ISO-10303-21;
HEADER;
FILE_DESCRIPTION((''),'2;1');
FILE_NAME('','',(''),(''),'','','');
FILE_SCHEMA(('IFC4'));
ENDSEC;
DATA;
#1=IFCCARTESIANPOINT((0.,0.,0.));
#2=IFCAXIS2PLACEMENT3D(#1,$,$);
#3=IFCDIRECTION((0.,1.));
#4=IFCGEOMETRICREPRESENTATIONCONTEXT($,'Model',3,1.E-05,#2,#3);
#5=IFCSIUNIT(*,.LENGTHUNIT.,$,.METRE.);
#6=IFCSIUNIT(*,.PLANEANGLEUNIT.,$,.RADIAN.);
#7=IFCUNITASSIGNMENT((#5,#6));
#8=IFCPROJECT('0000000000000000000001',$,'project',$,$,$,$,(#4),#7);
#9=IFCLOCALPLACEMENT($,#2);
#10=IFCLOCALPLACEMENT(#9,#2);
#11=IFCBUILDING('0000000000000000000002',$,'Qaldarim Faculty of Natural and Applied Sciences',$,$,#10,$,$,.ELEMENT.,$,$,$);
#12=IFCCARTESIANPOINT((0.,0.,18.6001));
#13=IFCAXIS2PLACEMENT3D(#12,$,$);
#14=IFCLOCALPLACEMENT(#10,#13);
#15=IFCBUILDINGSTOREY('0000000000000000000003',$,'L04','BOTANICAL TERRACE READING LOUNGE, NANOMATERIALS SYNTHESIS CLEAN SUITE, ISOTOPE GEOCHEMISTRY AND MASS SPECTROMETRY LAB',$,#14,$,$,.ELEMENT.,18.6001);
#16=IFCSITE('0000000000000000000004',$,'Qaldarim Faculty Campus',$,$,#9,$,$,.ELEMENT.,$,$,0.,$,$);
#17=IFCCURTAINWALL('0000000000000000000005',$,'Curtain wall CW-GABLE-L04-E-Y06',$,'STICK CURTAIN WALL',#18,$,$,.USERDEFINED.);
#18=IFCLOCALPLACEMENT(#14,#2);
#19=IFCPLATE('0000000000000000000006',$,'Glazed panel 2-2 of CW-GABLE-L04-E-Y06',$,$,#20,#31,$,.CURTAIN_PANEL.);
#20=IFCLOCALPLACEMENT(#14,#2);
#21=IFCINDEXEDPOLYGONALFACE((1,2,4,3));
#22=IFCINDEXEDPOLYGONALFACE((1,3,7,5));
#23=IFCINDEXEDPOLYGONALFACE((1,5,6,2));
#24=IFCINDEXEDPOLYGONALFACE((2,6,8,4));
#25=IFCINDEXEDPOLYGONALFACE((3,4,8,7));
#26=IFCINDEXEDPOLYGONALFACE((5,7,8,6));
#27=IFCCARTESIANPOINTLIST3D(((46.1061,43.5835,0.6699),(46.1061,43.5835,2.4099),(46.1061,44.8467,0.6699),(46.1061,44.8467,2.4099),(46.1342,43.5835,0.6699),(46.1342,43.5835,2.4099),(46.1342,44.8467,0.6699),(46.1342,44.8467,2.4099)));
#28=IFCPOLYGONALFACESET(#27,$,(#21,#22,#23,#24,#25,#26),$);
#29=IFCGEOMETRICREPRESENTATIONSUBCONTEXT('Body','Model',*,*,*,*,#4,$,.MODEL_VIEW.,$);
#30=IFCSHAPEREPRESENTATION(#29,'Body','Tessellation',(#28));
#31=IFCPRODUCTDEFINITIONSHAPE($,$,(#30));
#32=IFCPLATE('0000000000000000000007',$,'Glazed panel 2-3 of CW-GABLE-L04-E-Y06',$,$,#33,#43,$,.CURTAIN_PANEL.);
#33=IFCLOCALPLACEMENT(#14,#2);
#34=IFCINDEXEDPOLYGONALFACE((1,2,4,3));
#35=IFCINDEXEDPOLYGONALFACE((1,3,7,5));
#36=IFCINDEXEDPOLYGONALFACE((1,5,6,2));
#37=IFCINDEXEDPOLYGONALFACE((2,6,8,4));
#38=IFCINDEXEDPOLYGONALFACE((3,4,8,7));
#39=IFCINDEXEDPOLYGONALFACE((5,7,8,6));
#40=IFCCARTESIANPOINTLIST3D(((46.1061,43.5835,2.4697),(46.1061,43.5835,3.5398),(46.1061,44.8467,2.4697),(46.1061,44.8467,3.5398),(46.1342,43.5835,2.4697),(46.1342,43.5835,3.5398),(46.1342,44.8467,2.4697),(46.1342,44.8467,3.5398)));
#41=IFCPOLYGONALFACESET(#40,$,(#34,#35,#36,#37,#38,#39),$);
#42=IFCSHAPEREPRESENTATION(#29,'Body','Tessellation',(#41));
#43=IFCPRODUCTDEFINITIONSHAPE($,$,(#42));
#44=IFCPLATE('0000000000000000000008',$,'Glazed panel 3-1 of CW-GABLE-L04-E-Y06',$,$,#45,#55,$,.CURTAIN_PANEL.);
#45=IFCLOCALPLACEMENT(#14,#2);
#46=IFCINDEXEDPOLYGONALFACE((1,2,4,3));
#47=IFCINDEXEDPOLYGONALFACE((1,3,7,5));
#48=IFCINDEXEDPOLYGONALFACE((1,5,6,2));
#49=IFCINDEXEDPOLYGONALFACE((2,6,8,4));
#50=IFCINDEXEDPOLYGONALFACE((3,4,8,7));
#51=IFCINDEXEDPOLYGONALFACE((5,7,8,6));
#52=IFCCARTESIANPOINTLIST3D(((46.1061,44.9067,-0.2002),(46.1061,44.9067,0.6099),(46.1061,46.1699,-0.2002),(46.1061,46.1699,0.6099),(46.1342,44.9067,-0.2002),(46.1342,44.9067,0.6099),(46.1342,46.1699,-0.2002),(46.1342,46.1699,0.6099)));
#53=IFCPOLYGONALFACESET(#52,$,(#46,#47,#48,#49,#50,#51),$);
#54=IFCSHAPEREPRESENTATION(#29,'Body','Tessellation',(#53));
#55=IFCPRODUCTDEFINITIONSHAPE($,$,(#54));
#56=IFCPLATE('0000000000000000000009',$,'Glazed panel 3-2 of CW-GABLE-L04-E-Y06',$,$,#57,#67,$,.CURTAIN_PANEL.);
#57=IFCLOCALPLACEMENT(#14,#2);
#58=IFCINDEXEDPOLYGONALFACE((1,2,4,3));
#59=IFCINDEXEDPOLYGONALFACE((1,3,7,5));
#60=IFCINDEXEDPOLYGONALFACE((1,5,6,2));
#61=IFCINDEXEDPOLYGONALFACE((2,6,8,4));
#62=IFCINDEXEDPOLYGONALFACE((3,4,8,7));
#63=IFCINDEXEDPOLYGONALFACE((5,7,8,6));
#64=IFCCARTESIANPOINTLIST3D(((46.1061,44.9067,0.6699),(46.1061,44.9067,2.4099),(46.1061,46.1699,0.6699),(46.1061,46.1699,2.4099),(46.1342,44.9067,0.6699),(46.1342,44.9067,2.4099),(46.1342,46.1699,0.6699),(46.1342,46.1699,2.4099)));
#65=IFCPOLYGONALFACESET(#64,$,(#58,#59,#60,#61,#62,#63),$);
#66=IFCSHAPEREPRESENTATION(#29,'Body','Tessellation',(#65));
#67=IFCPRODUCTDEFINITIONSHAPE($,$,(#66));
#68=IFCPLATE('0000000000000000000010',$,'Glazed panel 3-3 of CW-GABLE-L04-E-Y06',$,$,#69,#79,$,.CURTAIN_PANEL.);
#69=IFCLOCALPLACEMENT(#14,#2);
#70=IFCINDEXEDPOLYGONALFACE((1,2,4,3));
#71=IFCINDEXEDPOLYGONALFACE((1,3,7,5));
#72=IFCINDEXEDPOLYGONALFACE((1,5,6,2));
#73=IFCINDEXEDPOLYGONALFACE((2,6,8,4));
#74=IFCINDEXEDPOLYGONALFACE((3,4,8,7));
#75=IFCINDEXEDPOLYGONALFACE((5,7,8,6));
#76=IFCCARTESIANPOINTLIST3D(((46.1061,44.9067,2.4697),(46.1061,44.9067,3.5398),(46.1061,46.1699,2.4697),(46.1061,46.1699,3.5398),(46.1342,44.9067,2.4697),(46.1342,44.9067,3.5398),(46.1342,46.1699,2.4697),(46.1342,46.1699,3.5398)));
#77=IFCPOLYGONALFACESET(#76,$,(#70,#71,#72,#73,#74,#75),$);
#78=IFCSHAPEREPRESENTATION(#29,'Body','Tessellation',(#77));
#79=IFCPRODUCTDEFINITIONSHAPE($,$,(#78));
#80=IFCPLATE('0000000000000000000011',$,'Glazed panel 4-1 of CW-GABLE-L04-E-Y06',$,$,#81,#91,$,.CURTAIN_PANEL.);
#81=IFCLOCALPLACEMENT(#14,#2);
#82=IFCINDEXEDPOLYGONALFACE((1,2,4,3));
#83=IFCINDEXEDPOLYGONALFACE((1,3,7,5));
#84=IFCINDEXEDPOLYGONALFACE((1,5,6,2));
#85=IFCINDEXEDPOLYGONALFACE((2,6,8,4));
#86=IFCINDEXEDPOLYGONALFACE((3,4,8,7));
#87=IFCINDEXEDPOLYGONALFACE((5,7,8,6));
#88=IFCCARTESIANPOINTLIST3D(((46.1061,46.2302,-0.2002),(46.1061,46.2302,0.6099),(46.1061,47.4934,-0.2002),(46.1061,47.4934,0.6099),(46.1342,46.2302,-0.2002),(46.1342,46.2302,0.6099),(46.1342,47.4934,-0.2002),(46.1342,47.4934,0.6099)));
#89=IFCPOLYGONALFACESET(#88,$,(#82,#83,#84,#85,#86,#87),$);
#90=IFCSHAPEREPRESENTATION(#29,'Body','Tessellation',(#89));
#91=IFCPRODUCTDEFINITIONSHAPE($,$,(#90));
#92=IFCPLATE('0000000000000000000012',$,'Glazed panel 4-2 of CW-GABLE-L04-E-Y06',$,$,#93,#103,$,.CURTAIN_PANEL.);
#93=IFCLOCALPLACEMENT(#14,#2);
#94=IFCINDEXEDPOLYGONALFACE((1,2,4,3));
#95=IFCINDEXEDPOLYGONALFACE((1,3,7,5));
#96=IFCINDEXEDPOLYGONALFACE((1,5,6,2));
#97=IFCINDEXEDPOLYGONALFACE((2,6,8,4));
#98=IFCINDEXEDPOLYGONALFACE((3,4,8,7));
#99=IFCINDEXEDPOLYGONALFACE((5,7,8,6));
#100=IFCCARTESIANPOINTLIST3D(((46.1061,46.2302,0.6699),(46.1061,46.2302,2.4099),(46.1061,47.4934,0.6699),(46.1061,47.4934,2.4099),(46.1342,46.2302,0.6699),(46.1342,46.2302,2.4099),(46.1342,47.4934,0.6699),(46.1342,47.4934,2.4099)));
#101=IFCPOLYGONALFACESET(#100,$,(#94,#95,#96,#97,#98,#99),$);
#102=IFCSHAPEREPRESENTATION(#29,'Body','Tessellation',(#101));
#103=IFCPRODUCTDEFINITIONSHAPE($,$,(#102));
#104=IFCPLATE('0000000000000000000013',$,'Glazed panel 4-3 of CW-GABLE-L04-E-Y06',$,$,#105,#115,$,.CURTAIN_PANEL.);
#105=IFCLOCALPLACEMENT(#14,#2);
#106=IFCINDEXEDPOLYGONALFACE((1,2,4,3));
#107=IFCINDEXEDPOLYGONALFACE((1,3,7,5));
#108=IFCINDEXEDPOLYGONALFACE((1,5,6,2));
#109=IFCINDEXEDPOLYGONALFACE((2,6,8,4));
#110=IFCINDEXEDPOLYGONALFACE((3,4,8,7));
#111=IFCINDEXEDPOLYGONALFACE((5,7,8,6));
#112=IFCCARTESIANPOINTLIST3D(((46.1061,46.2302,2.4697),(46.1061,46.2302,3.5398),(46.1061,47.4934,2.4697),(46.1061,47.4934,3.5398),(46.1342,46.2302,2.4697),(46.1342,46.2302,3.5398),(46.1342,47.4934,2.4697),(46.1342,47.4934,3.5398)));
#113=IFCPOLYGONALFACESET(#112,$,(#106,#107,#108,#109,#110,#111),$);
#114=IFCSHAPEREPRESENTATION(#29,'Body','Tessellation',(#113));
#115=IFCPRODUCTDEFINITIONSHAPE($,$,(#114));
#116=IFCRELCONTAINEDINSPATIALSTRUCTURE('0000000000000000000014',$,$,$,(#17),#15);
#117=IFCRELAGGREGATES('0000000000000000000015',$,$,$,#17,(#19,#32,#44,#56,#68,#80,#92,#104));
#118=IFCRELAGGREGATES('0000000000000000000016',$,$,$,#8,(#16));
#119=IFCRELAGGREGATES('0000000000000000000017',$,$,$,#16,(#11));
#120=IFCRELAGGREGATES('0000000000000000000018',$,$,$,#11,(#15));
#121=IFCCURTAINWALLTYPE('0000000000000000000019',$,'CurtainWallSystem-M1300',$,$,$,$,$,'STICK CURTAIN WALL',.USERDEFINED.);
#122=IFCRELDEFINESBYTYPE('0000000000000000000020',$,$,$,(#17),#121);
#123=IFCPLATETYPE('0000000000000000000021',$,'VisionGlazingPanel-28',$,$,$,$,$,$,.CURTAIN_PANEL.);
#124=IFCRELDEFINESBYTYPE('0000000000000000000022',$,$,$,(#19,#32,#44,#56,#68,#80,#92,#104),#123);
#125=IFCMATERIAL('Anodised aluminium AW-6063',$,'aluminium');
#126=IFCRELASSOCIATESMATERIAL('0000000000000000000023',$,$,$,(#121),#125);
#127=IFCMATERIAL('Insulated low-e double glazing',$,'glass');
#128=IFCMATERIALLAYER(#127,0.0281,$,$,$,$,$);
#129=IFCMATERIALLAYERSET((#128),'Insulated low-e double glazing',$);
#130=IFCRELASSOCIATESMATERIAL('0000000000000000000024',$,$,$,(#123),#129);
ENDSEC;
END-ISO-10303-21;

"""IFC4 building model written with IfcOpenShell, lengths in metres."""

from ifc_helpers import new_model, si_unit, direction, frame, origin, origin_2d, place, context, subcontext, project, spatial, rectangle, extrude, material, layer, layer_set, type_object, element, aggregate, save


model = new_model("IFC4")

# Units and contexts
model_context = context("Model", 3, precision=1e-05, world=origin(), true_north=direction((0.0, 1.0)))
body_context = subcontext(model_context, "Body", "Model", "MODEL_VIEW")
ifc_project = project(units=[si_unit("LENGTHUNIT", "METRE"), si_unit("PLANEANGLEUNIT", "RADIAN")], contexts=[model_context])

# Site, building, storey
site_placement = place(None, origin())
site = spatial("IfcSite", under=ifc_project, at=site_placement, Name="Qaldarim Faculty Campus", CompositionType="ELEMENT", RefElevation=0.0)
building_placement = place(site_placement, origin())
building = spatial("IfcBuilding", under=site, at=building_placement, Name="Qaldarim Faculty of Natural and Applied Sciences", CompositionType="ELEMENT")
storey_placement = place(building_placement, frame((0.0, 0.0, 18.6001)))
storey = spatial("IfcBuildingStorey", under=building, at=storey_placement, Name="L04", Description="BOTANICAL TERRACE READING LOUNGE, NANOMATERIALS SYNTHESIS CLEAN SUITE, ISOTOPE GEOCHEMISTRY AND MASS SPECTROMETRY LAB", CompositionType="ELEMENT", Elevation=18.6001)

# Curtain wall, plates
ifc_material_1 = material(Name="Anodised aluminium AW-6063", Category="aluminium")
curtain_wall_type = type_object("IfcCurtainWallType", Name="CurtainWallSystem-M1300", ElementType="STICK CURTAIN WALL", PredefinedType="USERDEFINED", material=ifc_material_1)
curtain_wall_placement = place(storey_placement, origin())
curtain_wall = element("IfcCurtainWall", 1, at=curtain_wall_placement, inside=storey, type_object=curtain_wall_type, Name="Curtain wall CW-GABLE-L04-E-Y06", ObjectType="STICK CURTAIN WALL", PredefinedType="USERDEFINED")
ifc_material_2 = material(Name="Insulated low-e double glazing", Category="glass")
ifc_layer = layer(ifc_material_2, 0.0281)
ifc_layer_set = layer_set([ifc_layer], Name="Insulated low-e double glazing")
plate_type = type_object("IfcPlateType", Name="VisionGlazingPanel-28", PredefinedType="CURTAIN_PANEL", material=ifc_layer_set)
plate_1_placement = place(storey_placement, frame((46.1201, 44.2151, 0.6699), z_axis=(0.0, 0.0, 1.0), x_axis=(0.0, 1.0, 0.0)))
plate_1 = element("IfcPlate", 2, at=plate_1_placement, type_object=plate_type, Name="Glazed panel 2-2 of CW-GABLE-L04-E-Y06", PredefinedType="CURTAIN_PANEL", context=body_context, shape_type="SweptSolid", body=[
    extrude(rectangle(XDim=1.2632, YDim=0.0281, at=origin_2d()), origin(), (0.0, 0.0, 1.0), 1.74),
])
plate_2_placement = place(storey_placement, frame((46.1201, 44.2151, 2.4697), z_axis=(0.0, 0.0, 1.0), x_axis=(0.0, 1.0, 0.0)))
plate_2 = element("IfcPlate", 3, at=plate_2_placement, type_object=plate_type, Name="Glazed panel 2-3 of CW-GABLE-L04-E-Y06", PredefinedType="CURTAIN_PANEL", context=body_context, shape_type="SweptSolid", body=[
    extrude(rectangle(XDim=1.2632, YDim=0.0281, at=origin_2d()), origin(), (0.0, 0.0, 1.0), 1.0701),
])
plate_3_placement = place(storey_placement, frame((46.1201, 45.5383, -0.2002), z_axis=(0.0, 0.0, 1.0), x_axis=(0.0, 1.0, 0.0)))
plate_3 = element("IfcPlate", 4, at=plate_3_placement, type_object=plate_type, Name="Glazed panel 3-1 of CW-GABLE-L04-E-Y06", PredefinedType="CURTAIN_PANEL", context=body_context, shape_type="SweptSolid", body=[
    extrude(rectangle(XDim=1.2632, YDim=0.0281, at=origin_2d()), origin(), (0.0, 0.0, 1.0), 0.8101),
])
plate_4_placement = place(storey_placement, frame((46.1201, 45.5383, 0.6699), z_axis=(0.0, 0.0, 1.0), x_axis=(0.0, 1.0, 0.0)))
plate_4 = element("IfcPlate", 5, at=plate_4_placement, type_object=plate_type, Name="Glazed panel 3-2 of CW-GABLE-L04-E-Y06", PredefinedType="CURTAIN_PANEL", context=body_context, shape_type="SweptSolid", body=[
    extrude(rectangle(XDim=1.2632, YDim=0.0281, at=origin_2d()), origin(), (0.0, 0.0, 1.0), 1.74),
])
plate_5_placement = place(storey_placement, frame((46.1201, 45.5383, 2.4697), z_axis=(0.0, 0.0, 1.0), x_axis=(0.0, 1.0, 0.0)))
plate_5 = element("IfcPlate", 6, at=plate_5_placement, type_object=plate_type, Name="Glazed panel 3-3 of CW-GABLE-L04-E-Y06", PredefinedType="CURTAIN_PANEL", context=body_context, shape_type="SweptSolid", body=[
    extrude(rectangle(XDim=1.2632, YDim=0.0281, at=origin_2d()), origin(), (0.0, 0.0, 1.0), 1.0701),
])
plate_6_placement = place(storey_placement, frame((46.1201, 46.8618, -0.2002), z_axis=(0.0, 0.0, 1.0), x_axis=(0.0, 1.0, 0.0)))
plate_6 = element("IfcPlate", 7, at=plate_6_placement, type_object=plate_type, Name="Glazed panel 4-1 of CW-GABLE-L04-E-Y06", PredefinedType="CURTAIN_PANEL", context=body_context, shape_type="SweptSolid", body=[
    extrude(rectangle(XDim=1.2632, YDim=0.0281, at=origin_2d()), origin(), (0.0, 0.0, 1.0), 0.8101),
])
plate_7_placement = place(storey_placement, frame((46.1201, 46.8618, 0.6699), z_axis=(0.0, 0.0, 1.0), x_axis=(0.0, 1.0, 0.0)))
plate_7 = element("IfcPlate", 8, at=plate_7_placement, type_object=plate_type, Name="Glazed panel 4-2 of CW-GABLE-L04-E-Y06", PredefinedType="CURTAIN_PANEL", context=body_context, shape_type="SweptSolid", body=[
    extrude(rectangle(XDim=1.2632, YDim=0.0281, at=origin_2d()), origin(), (0.0, 0.0, 1.0), 1.74),
])
plate_8_placement = place(storey_placement, frame((46.1201, 46.8618, 2.4697), z_axis=(0.0, 0.0, 1.0), x_axis=(0.0, 1.0, 0.0)))
plate_8 = element("IfcPlate", 9, at=plate_8_placement, type_object=plate_type, Name="Glazed panel 4-3 of CW-GABLE-L04-E-Y06", PredefinedType="CURTAIN_PANEL", context=body_context, shape_type="SweptSolid", body=[
    extrude(rectangle(XDim=1.2632, YDim=0.0281, at=origin_2d()), origin(), (0.0, 0.0, 1.0), 1.0701),
])
aggregate(curtain_wall, [plate_1, plate_2, plate_3, plate_4, plate_5, plate_6, plate_7, plate_8])

save(model, "model.ifc")
